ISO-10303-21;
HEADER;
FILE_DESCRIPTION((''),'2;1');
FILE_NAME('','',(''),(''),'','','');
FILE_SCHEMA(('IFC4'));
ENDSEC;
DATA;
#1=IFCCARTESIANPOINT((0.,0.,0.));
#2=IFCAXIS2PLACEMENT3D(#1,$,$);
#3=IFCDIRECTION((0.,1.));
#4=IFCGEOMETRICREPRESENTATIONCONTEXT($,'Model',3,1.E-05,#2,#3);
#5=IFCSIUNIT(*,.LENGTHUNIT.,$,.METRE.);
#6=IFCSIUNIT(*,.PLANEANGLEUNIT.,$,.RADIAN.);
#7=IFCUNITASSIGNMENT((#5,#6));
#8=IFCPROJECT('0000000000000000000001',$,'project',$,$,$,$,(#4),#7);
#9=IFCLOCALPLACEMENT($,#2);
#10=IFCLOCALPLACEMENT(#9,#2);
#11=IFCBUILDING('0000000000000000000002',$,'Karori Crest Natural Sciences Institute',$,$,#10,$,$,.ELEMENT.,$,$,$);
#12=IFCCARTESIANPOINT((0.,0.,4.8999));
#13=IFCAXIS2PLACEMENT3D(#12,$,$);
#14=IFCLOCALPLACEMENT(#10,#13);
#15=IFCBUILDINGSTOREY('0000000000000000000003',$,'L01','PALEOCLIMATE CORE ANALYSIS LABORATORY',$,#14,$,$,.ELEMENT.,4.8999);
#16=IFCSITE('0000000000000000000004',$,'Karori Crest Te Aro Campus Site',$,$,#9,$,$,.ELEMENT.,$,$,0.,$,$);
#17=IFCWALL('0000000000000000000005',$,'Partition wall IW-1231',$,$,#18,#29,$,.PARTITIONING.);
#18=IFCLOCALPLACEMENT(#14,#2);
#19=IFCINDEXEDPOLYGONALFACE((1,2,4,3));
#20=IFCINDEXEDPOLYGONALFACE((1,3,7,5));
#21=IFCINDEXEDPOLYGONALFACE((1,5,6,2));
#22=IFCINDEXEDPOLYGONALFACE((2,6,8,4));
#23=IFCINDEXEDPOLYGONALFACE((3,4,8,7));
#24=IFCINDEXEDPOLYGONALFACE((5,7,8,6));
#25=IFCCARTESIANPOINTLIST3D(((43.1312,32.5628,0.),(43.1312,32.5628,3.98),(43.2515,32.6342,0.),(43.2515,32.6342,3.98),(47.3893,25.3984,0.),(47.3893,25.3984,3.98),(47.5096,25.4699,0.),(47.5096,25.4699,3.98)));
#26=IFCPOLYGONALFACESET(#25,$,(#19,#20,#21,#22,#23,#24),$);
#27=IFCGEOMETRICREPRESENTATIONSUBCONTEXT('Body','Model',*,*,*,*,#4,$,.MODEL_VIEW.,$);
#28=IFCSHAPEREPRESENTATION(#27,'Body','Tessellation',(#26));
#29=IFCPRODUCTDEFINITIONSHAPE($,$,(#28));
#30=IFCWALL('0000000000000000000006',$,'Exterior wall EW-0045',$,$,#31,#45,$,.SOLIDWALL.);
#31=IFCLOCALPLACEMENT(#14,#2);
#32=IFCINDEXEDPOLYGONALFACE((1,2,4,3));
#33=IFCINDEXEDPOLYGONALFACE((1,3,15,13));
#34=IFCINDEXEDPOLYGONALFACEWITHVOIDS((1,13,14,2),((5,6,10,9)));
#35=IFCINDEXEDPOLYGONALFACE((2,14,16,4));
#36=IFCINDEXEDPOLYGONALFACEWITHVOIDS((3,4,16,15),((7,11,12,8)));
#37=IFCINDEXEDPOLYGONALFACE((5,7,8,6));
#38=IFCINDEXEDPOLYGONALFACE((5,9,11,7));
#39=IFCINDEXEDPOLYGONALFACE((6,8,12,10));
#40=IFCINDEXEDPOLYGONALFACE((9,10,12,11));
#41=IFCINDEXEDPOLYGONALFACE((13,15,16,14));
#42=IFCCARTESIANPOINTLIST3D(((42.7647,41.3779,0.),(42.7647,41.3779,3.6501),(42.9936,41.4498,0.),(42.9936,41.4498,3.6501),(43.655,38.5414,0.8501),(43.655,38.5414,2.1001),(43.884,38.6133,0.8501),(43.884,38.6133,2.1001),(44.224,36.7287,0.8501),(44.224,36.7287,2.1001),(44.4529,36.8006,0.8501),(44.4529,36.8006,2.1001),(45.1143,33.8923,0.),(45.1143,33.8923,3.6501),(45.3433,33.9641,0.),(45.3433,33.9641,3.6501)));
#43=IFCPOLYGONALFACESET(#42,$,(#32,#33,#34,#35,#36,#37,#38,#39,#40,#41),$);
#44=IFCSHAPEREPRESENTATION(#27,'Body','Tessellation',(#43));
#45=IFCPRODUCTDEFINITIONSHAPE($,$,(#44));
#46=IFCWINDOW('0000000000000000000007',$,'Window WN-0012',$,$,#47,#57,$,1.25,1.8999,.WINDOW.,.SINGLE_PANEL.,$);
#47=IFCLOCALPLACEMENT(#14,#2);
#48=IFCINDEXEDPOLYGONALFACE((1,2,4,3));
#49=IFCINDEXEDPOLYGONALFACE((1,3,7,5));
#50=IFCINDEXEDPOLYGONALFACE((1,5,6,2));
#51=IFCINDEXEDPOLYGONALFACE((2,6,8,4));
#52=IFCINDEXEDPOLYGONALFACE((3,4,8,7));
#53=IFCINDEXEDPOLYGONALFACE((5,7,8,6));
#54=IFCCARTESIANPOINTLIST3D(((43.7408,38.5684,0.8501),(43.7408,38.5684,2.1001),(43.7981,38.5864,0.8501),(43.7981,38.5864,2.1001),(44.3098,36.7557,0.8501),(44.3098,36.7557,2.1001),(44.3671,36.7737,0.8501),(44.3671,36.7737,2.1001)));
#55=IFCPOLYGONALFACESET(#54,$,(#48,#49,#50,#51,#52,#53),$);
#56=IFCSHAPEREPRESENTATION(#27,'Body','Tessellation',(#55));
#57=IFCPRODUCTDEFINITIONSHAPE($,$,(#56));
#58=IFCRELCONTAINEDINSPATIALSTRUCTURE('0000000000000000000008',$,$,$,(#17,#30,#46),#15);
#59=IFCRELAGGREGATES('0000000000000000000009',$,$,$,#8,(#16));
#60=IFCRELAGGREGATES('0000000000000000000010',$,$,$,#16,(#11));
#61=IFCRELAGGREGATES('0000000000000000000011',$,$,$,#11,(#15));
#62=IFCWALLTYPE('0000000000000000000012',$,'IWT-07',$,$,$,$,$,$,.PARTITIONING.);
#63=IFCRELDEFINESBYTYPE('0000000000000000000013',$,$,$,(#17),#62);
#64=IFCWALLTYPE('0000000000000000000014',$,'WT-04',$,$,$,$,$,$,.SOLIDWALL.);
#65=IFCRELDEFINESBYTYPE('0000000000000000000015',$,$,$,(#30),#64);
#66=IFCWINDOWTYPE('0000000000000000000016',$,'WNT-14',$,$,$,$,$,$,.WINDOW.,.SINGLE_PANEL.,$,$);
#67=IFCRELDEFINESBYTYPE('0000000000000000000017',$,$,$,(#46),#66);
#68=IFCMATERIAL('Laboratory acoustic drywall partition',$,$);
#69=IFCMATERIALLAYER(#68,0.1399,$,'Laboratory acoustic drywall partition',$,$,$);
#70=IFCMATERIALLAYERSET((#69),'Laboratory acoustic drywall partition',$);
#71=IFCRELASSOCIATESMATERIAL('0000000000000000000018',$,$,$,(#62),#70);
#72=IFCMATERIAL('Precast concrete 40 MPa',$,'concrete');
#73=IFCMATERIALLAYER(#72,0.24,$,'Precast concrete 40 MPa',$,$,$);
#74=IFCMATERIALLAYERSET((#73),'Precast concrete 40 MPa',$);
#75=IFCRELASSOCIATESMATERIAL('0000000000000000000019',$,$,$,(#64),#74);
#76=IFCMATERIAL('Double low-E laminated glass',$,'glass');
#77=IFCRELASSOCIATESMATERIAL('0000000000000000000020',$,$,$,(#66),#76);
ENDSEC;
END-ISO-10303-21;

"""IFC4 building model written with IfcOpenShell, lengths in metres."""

from ifc_helpers import new_model, si_unit, direction, frame, frame_2d, origin, place, context, subcontext, project, spatial, rectangle, extrude, material, layer, layer_set, type_object, element, fill, save


model = new_model("IFC4")

# Units and contexts
model_context = context("Model", 3, precision=1e-05, world=origin(), true_north=direction((0.0, 1.0)))
body_context = subcontext(model_context, "Body", "Model", "MODEL_VIEW")
ifc_project = project(units=[si_unit("LENGTHUNIT", "METRE"), si_unit("PLANEANGLEUNIT", "RADIAN")], contexts=[model_context])

# Site, building, storey
site_placement = place(None, origin())
site = spatial("IfcSite", under=ifc_project, at=site_placement, Name="Karori Crest Te Aro Campus Site", CompositionType="ELEMENT", RefElevation=0.0)
building_placement = place(site_placement, origin())
building = spatial("IfcBuilding", under=site, at=building_placement, Name="Karori Crest Natural Sciences Institute", CompositionType="ELEMENT")
storey_placement = place(building_placement, frame((0.0, 0.0, 4.8999)))
storey = spatial("IfcBuildingStorey", under=building, at=storey_placement, Name="L01", Description="PALEOCLIMATE CORE ANALYSIS LABORATORY", CompositionType="ELEMENT", Elevation=4.8999)

# Shared definitions
ifc_material_1 = material(Name="Double low-E laminated glass", Category="glass")

# Wall
ifc_material_2 = material(Name="Laboratory acoustic drywall partition")
ifc_layer_1 = layer(ifc_material_2, 0.1399, Name="Laboratory acoustic drywall partition")
ifc_layer_set_1 = layer_set([ifc_layer_1], Name="Laboratory acoustic drywall partition")
wall_type_1 = type_object("IfcWallType", Name="IWT-07", PredefinedType="PARTITIONING", material=ifc_layer_set_1)
wall_1_placement = place(storey_placement, frame((43.1914, 32.5984, 0.0), z_axis=(0.0, 0.0, 1.0), x_axis=(0.510916, -0.859631, 0.0)))
element("IfcWall", 1, at=wall_1_placement, inside=storey, type_object=wall_type_1, Name="Partition wall IW-1231", PredefinedType="PARTITIONING", context=body_context, shape_type="SweptSolid", body=[
    extrude(rectangle(XDim=8.3342, YDim=0.1399, at=frame_2d((4.167, 0.0))), origin(), (0.0, 0.0, 1.0), 3.98),
])

# Wall, opening, window
ifc_material_3 = material(Name="Precast concrete 40 MPa", Category="concrete")
ifc_layer_2 = layer(ifc_material_3, 0.24, Name="Precast concrete 40 MPa")
ifc_layer_set_2 = layer_set([ifc_layer_2], Name="Precast concrete 40 MPa")
wall_type_2 = type_object("IfcWallType", Name="WT-04", PredefinedType="SOLIDWALL", material=ifc_layer_set_2)
wall_2_placement = place(storey_placement, frame((42.8792, 41.4138, 0.0), z_axis=(0.0, 0.0, 1.0), x_axis=(0.299478, -0.954103, 0.0)))
wall_2 = element("IfcWall", 2, at=wall_2_placement, inside=storey, type_object=wall_type_2, Name="Exterior wall EW-0045", PredefinedType="SOLIDWALL", context=body_context, shape_type="SweptSolid", body=[
    extrude(rectangle(XDim=7.8457, YDim=0.24, at=frame_2d((3.9229, 0.0))), origin(), (0.0, 0.0, 1.0), 3.6501),
])
opening_placement = place(wall_2_placement, frame((2.9729, 0.0, 0.8501)))
opening = element("IfcOpeningElement", 3, at=opening_placement, cuts=wall_2, PredefinedType="OPENING", context=body_context, shape_type="SweptSolid", body=[
    extrude(rectangle(XDim=1.8999, YDim=1.25, at=frame_2d((0.95, 0.625))), frame((0.0, 0.1299, 0.0), z_axis=(0.0, -1.0, 0.0), x_axis=(1.0, 0.0, 0.0)), (0.0, 0.0, 1.0), 0.26),
])
window_type = type_object("IfcWindowType", Name="WNT-14", PartitioningType="SINGLE_PANEL", PredefinedType="WINDOW", material=ifc_material_1)
window_placement = place(opening_placement, origin())
window = element("IfcWindow", 4, at=window_placement, inside=storey, type_object=window_type, Name="Window WN-0012", OverallHeight=1.25, OverallWidth=1.8999, PartitioningType="SINGLE_PANEL", PredefinedType="WINDOW", context=body_context, shape_type="SweptSolid", body=[
    extrude(rectangle(XDim=1.8999, YDim=1.25, at=frame_2d((0.95, 0.625))), frame((0.0, 0.03, 0.0), z_axis=(0.0, -1.0, 0.0), x_axis=(1.0, 0.0, 0.0)), (0.0, 0.0, 1.0), 0.0601),
])
fill(opening, window)

save(model, "model.ifc")
